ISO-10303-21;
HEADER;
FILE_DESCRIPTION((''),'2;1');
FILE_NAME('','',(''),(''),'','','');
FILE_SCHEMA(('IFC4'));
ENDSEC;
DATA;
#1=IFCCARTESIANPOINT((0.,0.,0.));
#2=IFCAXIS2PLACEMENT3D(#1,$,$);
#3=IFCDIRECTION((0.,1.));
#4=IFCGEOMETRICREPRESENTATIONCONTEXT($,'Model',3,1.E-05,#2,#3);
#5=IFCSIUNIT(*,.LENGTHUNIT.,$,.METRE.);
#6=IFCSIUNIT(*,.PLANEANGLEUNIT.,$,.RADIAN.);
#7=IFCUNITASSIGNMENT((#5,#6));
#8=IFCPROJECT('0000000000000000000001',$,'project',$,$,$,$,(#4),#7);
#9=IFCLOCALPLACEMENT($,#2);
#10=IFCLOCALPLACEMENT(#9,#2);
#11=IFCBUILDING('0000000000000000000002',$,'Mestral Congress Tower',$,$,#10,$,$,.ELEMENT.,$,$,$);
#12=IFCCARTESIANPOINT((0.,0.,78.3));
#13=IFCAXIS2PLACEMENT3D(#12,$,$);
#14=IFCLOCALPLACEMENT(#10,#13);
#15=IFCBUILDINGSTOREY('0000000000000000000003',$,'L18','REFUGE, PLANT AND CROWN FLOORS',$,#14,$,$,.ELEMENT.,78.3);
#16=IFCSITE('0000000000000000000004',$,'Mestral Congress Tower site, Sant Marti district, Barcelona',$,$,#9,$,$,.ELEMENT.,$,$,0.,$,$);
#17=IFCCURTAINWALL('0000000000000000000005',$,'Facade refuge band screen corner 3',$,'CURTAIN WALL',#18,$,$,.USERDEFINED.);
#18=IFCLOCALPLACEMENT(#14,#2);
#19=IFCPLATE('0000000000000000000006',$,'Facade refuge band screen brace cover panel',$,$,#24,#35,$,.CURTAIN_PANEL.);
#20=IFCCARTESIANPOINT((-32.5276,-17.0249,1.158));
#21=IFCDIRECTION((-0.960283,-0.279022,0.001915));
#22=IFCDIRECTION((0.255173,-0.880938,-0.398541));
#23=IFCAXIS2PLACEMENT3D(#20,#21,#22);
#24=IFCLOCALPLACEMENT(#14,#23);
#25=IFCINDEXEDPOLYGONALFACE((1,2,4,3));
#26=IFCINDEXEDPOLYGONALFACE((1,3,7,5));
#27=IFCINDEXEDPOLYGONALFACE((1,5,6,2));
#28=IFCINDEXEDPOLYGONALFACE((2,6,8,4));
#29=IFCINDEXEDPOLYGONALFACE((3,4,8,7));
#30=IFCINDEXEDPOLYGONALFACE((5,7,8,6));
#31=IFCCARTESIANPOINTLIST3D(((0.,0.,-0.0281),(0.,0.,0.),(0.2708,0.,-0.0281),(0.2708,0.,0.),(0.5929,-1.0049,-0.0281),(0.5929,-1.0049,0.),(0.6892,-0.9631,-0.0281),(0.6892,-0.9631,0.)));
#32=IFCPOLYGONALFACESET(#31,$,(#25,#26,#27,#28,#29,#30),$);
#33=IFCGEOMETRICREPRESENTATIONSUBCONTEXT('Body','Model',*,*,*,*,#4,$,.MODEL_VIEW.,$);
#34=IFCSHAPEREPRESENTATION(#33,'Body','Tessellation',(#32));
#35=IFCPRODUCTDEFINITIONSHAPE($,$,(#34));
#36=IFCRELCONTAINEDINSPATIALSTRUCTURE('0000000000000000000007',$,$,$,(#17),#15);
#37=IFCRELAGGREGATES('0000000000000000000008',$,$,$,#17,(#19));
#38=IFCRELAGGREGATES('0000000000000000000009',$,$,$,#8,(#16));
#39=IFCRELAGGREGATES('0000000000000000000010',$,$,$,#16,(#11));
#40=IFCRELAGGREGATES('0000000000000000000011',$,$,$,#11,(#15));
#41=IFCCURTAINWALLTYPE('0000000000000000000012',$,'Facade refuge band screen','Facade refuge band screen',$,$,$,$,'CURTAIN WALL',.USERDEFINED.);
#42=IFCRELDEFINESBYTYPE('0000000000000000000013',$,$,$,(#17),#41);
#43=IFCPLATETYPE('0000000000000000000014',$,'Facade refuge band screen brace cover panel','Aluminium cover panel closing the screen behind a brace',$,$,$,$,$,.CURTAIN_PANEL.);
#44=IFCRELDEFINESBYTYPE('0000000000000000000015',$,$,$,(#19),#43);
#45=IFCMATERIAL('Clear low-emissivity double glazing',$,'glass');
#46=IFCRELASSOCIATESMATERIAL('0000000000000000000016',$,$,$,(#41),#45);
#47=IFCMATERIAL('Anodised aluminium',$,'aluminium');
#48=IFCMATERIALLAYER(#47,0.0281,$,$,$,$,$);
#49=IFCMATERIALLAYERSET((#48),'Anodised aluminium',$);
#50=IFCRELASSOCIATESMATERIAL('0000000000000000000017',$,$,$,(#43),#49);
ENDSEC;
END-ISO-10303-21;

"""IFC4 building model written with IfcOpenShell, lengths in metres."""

from ifc_helpers import new_model, si_unit, direction, frame, origin, place, context, subcontext, project, spatial, polyline, outline, extrude, material, layer, layer_set, type_object, element, aggregate, save


model = new_model("IFC4")

# Units and contexts
model_context = context("Model", 3, precision=1e-05, world=origin(), true_north=direction((0.0, 1.0)))
body_context = subcontext(model_context, "Body", "Model", "MODEL_VIEW")
ifc_project = project(units=[si_unit("LENGTHUNIT", "METRE"), si_unit("PLANEANGLEUNIT", "RADIAN")], contexts=[model_context])

# Site, building, storey
site_placement = place(None, origin())
site = spatial("IfcSite", under=ifc_project, at=site_placement, Name="Mestral Congress Tower site, Sant Marti district, Barcelona", CompositionType="ELEMENT", RefElevation=0.0)
building_placement = place(site_placement, origin())
building = spatial("IfcBuilding", under=site, at=building_placement, Name="Mestral Congress Tower", CompositionType="ELEMENT")
storey_placement = place(building_placement, frame((0.0, 0.0, 78.3)))
storey = spatial("IfcBuildingStorey", under=building, at=storey_placement, Name="L18", Description="REFUGE, PLANT AND CROWN FLOORS", CompositionType="ELEMENT", Elevation=78.3)

# Curtain wall
ifc_material_1 = material(Name="Clear low-emissivity double glazing", Category="glass")
curtain_wall_type = type_object("IfcCurtainWallType", Name="Facade refuge band screen", Description="Facade refuge band screen", ElementType="CURTAIN WALL", PredefinedType="USERDEFINED", material=ifc_material_1)
curtain_wall_placement = place(storey_placement, origin())
curtain_wall = element("IfcCurtainWall", 1, at=curtain_wall_placement, inside=storey, type_object=curtain_wall_type, Name="Facade refuge band screen corner 3", ObjectType="CURTAIN WALL", PredefinedType="USERDEFINED")
ifc_material_2 = material(Name="Anodised aluminium", Category="aluminium")

# Plate
ifc_layer_1 = layer(ifc_material_2, 0.0281)
ifc_layer_set_1 = layer_set([ifc_layer_1], Name="Anodised aluminium")
plate_type = type_object("IfcPlateType", Name="Facade refuge band screen brace cover panel", Description="Aluminium cover panel closing the screen behind a brace", PredefinedType="CURTAIN_PANEL", material=ifc_layer_set_1)
plate_1_placement = place(storey_placement, frame((-32.5276, -17.0249, 1.158), z_axis=(-0.960283, -0.279022, 0.001915), x_axis=(0.255173, -0.880938, -0.398541)))
plate_1 = element("IfcPlate", 2, at=plate_1_placement, type_object=plate_type, Name="Facade refuge band screen brace cover panel", PredefinedType="CURTAIN_PANEL", context=body_context, shape_type="SweptSolid", body=[
    extrude(outline(polyline([(0.0, 0.0), (0.2708, 0.0), (0.6892, -0.9631), (0.5929, -1.0049), (0.0, 0.0)])), origin(), (0.0, 0.0, -1.0), 0.0281),
])

aggregate(curtain_wall, [plate_1])

save(model, "model.ifc")
